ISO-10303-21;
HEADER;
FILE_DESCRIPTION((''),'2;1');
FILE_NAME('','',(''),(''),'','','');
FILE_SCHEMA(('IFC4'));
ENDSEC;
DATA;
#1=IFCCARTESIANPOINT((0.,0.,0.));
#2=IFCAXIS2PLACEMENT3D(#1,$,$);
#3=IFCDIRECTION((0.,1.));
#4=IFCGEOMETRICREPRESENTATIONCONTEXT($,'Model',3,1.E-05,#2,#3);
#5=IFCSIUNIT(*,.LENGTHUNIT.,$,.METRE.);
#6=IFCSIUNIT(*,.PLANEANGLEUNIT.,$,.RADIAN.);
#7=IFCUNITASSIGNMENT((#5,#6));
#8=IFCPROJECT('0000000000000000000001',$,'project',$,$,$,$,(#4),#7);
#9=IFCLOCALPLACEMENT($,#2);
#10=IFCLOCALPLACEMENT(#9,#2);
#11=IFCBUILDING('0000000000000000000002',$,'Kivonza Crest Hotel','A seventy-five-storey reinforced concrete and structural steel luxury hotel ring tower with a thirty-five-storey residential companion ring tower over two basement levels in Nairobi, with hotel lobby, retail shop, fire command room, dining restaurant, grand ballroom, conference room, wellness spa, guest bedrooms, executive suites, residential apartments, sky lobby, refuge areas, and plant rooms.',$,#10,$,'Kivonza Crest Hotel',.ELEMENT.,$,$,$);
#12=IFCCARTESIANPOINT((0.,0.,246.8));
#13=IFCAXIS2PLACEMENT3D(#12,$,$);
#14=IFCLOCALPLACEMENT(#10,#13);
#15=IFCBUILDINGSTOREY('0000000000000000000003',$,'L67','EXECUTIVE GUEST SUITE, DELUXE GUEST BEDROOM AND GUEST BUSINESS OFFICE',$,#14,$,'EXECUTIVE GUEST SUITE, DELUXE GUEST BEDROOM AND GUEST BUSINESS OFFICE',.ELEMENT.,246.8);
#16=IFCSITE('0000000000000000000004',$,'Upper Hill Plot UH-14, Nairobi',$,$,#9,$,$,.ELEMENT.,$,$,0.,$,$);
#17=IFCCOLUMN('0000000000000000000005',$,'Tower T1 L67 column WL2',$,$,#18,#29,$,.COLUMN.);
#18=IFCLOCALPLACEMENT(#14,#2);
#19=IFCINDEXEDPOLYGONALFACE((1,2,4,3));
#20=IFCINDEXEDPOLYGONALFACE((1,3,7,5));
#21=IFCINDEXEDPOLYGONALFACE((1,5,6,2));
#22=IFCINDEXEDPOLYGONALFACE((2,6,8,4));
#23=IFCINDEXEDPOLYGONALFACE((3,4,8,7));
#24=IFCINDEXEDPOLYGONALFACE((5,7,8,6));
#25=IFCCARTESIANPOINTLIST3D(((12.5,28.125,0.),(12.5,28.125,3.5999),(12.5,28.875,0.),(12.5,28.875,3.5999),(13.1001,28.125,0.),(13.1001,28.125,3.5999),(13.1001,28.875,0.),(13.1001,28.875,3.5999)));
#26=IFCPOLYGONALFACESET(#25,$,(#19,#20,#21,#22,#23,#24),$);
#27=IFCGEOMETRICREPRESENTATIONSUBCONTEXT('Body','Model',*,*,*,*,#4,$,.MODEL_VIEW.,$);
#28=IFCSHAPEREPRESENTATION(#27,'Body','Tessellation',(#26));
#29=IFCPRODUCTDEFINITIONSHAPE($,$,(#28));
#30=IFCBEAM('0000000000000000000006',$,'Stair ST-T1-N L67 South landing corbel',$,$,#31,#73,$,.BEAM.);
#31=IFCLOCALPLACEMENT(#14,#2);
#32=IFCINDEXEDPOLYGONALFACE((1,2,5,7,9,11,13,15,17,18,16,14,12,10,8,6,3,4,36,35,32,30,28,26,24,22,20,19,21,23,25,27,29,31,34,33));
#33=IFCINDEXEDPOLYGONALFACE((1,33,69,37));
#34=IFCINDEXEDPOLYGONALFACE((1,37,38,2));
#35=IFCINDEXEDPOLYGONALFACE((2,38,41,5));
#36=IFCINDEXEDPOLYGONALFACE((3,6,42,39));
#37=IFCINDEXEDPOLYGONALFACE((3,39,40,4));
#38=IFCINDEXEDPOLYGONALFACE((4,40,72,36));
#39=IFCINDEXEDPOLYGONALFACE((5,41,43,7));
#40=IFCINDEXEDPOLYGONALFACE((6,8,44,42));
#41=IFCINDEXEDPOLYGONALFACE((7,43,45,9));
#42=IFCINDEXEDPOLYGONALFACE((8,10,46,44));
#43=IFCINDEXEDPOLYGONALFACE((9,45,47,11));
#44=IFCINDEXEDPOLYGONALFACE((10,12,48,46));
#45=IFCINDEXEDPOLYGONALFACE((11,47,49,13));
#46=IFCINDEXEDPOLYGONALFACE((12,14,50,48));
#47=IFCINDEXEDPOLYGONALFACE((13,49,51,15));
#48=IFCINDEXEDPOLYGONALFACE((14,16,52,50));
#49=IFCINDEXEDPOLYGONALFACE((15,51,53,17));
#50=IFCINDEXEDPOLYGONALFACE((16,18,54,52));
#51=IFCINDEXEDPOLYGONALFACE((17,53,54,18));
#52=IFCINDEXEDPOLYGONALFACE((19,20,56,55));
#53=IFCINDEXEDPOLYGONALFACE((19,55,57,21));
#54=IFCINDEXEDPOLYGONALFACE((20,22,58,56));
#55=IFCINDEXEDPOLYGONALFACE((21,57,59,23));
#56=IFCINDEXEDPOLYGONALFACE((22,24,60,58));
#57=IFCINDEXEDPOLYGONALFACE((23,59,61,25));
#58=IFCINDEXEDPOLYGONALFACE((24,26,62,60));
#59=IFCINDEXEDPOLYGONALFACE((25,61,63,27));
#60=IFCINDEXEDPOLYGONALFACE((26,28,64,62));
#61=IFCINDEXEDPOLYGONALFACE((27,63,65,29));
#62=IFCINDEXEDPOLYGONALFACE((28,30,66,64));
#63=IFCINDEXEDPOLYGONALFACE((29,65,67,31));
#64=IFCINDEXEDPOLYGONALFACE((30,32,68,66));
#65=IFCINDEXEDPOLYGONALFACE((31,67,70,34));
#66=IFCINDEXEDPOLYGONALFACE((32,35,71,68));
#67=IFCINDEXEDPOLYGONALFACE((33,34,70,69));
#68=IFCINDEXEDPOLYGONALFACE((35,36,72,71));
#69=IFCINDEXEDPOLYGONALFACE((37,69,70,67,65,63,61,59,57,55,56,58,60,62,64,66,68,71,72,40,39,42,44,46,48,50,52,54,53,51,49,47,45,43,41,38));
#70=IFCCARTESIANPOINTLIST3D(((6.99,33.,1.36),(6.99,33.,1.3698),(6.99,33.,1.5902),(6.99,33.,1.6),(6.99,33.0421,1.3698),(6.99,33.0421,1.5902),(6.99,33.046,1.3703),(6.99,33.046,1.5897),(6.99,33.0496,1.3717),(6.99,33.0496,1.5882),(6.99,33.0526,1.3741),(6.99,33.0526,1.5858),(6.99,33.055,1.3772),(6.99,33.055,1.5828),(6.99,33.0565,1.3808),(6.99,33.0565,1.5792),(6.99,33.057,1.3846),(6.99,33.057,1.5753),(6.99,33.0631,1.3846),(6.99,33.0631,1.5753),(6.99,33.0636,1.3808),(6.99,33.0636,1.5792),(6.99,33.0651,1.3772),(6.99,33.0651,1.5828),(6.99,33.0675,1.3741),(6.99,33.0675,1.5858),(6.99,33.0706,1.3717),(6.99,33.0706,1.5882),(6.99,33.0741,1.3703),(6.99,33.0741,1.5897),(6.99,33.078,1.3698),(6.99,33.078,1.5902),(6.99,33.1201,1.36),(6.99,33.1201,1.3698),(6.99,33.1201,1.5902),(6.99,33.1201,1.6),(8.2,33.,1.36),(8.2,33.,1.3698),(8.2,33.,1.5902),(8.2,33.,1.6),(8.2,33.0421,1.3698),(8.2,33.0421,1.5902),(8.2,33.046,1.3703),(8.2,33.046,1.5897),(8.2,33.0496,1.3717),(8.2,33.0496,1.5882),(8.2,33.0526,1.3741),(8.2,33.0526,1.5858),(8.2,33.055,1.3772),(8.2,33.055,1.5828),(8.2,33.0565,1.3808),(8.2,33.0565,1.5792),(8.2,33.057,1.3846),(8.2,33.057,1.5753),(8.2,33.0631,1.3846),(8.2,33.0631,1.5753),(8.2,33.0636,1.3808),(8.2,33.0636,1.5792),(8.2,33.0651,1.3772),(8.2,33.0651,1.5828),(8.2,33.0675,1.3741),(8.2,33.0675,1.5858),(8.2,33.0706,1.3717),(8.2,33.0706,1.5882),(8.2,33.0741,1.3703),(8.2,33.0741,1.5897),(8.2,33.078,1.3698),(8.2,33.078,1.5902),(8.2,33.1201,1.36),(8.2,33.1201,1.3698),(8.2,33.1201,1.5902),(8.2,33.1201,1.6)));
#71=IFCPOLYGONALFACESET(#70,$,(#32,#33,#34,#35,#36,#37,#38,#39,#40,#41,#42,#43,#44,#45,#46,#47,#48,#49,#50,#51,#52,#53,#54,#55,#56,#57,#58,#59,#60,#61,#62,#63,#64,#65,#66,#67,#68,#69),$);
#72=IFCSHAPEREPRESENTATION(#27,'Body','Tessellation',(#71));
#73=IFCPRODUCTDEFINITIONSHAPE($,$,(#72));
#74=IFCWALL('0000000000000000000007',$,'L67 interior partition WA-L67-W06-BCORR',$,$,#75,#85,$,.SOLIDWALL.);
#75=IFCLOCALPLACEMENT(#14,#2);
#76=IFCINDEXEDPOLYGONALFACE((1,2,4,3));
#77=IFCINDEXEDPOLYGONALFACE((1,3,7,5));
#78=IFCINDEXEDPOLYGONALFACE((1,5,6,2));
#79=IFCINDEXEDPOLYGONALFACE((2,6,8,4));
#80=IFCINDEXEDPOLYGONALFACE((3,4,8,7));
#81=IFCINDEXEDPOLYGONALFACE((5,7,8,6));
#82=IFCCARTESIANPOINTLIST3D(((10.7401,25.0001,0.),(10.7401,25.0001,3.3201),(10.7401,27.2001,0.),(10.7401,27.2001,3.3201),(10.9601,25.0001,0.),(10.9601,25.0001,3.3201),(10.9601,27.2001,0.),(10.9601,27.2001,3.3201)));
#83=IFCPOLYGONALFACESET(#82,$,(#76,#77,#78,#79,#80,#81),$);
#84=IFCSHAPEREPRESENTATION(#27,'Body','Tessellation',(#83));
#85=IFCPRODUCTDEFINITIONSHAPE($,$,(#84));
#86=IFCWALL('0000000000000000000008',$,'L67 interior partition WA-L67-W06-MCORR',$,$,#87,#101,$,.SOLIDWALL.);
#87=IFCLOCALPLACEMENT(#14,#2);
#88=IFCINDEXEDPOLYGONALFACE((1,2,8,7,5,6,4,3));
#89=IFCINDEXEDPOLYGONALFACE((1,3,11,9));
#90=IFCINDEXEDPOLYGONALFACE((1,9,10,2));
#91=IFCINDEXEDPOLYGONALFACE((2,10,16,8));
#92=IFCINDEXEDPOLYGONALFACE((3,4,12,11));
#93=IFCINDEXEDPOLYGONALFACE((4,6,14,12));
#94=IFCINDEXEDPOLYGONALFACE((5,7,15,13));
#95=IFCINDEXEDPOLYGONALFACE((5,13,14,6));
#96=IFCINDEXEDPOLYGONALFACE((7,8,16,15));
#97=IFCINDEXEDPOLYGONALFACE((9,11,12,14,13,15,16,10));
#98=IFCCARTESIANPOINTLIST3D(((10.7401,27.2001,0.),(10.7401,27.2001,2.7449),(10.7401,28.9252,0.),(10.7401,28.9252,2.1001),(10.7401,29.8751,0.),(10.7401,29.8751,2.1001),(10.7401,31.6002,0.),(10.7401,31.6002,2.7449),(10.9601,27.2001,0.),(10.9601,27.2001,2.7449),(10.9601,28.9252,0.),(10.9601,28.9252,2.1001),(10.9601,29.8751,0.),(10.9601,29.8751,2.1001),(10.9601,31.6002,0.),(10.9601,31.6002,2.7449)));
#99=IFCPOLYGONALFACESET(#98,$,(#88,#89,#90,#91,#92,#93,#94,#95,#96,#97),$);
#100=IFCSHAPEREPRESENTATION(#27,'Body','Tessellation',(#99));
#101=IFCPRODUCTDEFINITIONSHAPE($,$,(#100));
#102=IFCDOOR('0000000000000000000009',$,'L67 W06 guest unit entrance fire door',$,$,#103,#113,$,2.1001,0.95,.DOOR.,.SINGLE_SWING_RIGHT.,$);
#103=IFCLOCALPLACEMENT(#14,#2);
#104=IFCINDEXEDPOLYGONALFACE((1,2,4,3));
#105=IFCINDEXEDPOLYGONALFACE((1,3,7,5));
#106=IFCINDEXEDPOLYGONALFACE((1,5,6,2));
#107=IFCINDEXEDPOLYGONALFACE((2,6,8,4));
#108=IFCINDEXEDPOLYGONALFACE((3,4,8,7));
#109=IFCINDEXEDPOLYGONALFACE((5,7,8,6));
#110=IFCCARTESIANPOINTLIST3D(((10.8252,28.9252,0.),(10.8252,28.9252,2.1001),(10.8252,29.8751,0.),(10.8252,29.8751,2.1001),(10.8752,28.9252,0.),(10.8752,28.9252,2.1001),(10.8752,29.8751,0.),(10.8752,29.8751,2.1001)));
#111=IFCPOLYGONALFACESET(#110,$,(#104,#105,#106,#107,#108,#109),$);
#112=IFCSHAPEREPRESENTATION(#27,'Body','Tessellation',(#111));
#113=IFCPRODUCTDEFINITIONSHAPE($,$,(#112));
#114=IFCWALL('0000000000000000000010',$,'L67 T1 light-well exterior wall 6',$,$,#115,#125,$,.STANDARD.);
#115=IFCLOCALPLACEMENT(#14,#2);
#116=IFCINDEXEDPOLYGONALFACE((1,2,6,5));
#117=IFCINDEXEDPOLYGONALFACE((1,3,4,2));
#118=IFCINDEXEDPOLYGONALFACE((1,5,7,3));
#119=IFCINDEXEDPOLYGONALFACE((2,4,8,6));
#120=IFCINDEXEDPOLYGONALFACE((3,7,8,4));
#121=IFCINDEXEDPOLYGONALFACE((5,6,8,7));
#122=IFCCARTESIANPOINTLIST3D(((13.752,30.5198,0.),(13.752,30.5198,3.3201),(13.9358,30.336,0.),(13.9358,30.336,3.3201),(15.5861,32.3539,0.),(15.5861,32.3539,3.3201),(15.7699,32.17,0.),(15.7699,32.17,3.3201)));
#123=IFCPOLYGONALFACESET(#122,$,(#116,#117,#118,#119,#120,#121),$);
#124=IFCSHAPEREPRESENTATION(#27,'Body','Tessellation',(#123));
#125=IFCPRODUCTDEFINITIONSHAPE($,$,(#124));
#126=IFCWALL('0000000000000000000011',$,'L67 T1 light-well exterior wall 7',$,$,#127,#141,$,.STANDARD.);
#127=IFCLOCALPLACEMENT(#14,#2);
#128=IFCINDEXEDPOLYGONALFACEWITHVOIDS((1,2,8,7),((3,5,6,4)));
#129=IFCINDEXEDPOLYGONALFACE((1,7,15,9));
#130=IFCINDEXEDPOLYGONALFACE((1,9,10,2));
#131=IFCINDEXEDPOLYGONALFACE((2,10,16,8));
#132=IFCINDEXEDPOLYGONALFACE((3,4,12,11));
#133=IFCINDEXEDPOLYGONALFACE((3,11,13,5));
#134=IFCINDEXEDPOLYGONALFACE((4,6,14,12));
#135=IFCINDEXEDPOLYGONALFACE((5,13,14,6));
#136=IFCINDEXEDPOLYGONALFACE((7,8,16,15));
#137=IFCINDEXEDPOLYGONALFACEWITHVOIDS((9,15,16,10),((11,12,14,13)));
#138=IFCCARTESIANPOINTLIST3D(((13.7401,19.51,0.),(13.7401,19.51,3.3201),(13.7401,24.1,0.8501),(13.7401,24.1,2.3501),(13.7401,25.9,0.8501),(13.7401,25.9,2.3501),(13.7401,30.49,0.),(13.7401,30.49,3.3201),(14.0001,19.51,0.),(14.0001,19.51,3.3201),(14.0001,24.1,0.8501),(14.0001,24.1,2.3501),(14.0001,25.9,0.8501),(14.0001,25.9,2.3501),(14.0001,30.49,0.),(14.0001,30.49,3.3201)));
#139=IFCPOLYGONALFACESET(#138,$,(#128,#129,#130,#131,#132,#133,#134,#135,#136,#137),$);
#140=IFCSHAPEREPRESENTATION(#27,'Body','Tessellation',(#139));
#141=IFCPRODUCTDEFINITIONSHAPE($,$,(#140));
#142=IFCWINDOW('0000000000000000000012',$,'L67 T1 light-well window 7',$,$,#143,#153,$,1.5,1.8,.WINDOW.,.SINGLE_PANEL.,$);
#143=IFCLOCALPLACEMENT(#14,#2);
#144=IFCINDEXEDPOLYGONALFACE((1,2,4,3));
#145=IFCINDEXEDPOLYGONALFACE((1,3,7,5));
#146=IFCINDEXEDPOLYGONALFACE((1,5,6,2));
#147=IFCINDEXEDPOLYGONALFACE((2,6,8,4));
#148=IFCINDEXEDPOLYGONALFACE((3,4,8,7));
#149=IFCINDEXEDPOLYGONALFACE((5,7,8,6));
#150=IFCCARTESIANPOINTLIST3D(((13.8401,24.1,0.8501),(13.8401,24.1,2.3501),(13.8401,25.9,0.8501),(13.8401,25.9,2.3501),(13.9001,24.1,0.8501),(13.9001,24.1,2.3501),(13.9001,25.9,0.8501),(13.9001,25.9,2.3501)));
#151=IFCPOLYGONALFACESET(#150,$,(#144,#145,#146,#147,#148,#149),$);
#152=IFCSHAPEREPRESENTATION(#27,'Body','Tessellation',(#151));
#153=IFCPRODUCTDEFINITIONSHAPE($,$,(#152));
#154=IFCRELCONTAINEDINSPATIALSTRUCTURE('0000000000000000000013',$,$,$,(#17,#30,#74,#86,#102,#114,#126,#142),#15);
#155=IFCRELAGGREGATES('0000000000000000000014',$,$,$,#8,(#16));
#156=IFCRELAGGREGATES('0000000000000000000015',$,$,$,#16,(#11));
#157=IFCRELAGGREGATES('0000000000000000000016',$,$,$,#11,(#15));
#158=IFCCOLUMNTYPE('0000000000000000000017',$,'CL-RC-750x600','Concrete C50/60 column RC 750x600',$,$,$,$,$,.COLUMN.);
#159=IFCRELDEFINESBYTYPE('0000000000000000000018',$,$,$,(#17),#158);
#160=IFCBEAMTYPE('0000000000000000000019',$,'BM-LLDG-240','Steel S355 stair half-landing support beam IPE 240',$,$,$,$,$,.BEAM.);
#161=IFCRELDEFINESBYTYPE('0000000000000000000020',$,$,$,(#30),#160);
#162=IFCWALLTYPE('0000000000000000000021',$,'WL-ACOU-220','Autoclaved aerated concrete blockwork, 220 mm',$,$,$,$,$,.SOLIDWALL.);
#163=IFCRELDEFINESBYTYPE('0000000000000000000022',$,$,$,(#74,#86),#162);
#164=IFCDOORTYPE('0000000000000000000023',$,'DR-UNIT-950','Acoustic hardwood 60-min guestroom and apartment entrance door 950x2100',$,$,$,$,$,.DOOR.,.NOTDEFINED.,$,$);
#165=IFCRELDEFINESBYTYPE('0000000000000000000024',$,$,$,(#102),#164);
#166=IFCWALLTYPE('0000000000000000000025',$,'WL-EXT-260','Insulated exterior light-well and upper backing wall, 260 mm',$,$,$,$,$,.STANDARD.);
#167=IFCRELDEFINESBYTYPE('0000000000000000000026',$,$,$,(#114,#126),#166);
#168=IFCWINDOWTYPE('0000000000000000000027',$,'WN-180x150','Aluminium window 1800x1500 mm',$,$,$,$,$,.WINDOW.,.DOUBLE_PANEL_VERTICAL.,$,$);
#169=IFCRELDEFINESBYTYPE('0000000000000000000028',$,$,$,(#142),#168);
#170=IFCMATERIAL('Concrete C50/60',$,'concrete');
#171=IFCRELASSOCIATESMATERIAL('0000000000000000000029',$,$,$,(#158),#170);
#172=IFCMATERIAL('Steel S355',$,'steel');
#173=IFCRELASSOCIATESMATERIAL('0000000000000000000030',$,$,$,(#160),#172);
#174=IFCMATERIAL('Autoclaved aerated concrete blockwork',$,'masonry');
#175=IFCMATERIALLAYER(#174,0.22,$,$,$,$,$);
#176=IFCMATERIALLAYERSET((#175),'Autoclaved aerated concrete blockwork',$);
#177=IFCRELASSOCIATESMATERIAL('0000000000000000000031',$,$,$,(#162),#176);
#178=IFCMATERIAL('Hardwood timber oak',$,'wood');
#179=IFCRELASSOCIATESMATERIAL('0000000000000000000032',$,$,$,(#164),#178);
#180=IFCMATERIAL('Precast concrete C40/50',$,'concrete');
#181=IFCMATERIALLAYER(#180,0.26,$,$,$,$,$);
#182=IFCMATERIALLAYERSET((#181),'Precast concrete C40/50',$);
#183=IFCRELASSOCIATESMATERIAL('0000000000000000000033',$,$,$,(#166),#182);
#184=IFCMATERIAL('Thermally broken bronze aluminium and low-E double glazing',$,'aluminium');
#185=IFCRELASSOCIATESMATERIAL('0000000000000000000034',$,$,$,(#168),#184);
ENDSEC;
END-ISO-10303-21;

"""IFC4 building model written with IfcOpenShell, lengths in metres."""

from ifc_helpers import new_model, si_unit, direction, frame, frame_2d, origin, origin_2d, place, context, subcontext, project, spatial, rectangle, i_section, extrude, material, layer, layer_set, material_profile, profile_set, type_object, element, fill, save


model = new_model("IFC4")

# Units and contexts
model_context = context("Model", 3, precision=1e-05, world=origin(), true_north=direction((0.0, 1.0)))
body_context = subcontext(model_context, "Body", "Model", "MODEL_VIEW")
ifc_project = project(units=[si_unit("LENGTHUNIT", "METRE"), si_unit("PLANEANGLEUNIT", "RADIAN")], contexts=[model_context])

# Site, building, storey
site_placement = place(None, origin())
site = spatial("IfcSite", under=ifc_project, at=site_placement, Name="Upper Hill Plot UH-14, Nairobi", CompositionType="ELEMENT", RefElevation=0.0)
building_placement = place(site_placement, origin())
building = spatial("IfcBuilding", under=site, at=building_placement, Name="Kivonza Crest Hotel", Description="A seventy-five-storey reinforced concrete and structural steel luxury hotel ring tower with a thirty-five-storey residential companion ring tower over two basement levels in Nairobi, with hotel lobby, retail shop, fire command room, dining restaurant, grand ballroom, conference room, wellness spa, guest bedrooms, executive suites, residential apartments, sky lobby, refuge areas, and plant rooms.", LongName="Kivonza Crest Hotel", CompositionType="ELEMENT")
storey_placement = place(building_placement, frame((0.0, 0.0, 246.8)))
storey = spatial("IfcBuildingStorey", under=building, at=storey_placement, Name="L67", Description="EXECUTIVE GUEST SUITE, DELUXE GUEST BEDROOM AND GUEST BUSINESS OFFICE", LongName="EXECUTIVE GUEST SUITE, DELUXE GUEST BEDROOM AND GUEST BUSINESS OFFICE", CompositionType="ELEMENT", Elevation=246.8)

# Column
ifc_material_1 = material(Name="Concrete C50/60", Category="concrete")
ifc_material_profile_1 = material_profile(ifc_material_1, rectangle(XDim=0.6001, YDim=0.75, at=origin_2d()), Name="RC 750x600")
ifc_profile_set_1 = profile_set([ifc_material_profile_1], Name="Concrete C50/60")
column_type = type_object("IfcColumnType", Name="CL-RC-750x600", Description="Concrete C50/60 column RC 750x600", PredefinedType="COLUMN", material=ifc_profile_set_1)
column_placement = place(storey_placement, frame((12.8, 28.5, 0.0), z_axis=(0.0, 0.0, 1.0), x_axis=(1.0, 0.0, 0.0)))
element("IfcColumn", 1, at=column_placement, inside=storey, type_object=column_type, Name="Tower T1 L67 column WL2", PredefinedType="COLUMN", context=body_context, shape_type="SweptSolid", body=[
    extrude(rectangle(XDim=0.6001, YDim=0.75, at=origin_2d()), origin(), (0.0, 0.0, 1.0), 3.5999),
])

# Beam
ifc_material_2 = material(Name="Steel S355", Category="steel")
ifc_material_profile_2 = material_profile(ifc_material_2, i_section(OverallWidth=0.1201, OverallDepth=0.24, WebThickness=0.0061, FlangeThickness=0.0098, FilletRadius=0.0149, at=origin_2d()), Name="IPE 240")
ifc_profile_set_2 = profile_set([ifc_material_profile_2], Name="Steel S355")
beam_type = type_object("IfcBeamType", Name="BM-LLDG-240", Description="Steel S355 stair half-landing support beam IPE 240", PredefinedType="BEAM", material=ifc_profile_set_2)
beam_placement = place(storey_placement, frame((6.99, 33.0601, 1.48), z_axis=(1.0, 0.0, 0.0), x_axis=(0.0, 1.0, 0.0)))
element("IfcBeam", 2, at=beam_placement, inside=storey, type_object=beam_type, Name="Stair ST-T1-N L67 South landing corbel", PredefinedType="BEAM", context=body_context, shape_type="SweptSolid", body=[
    extrude(i_section(OverallWidth=0.1201, OverallDepth=0.24, WebThickness=0.0061, FlangeThickness=0.0098, FilletRadius=0.0149, at=origin_2d()), origin(), (0.0, 0.0, 1.0), 1.21),
])

# Wall
ifc_material_3 = material(Name="Autoclaved aerated concrete blockwork", Category="masonry")
ifc_layer_1 = layer(ifc_material_3, 0.22)
ifc_layer_set_1 = layer_set([ifc_layer_1], Name="Autoclaved aerated concrete blockwork")
wall_type_1 = type_object("IfcWallType", Name="WL-ACOU-220", Description="Autoclaved aerated concrete blockwork, 220 mm", PredefinedType="SOLIDWALL", material=ifc_layer_set_1)
wall_1_placement = place(storey_placement, frame((10.8501, 25.0, 0.0), z_axis=(0.0, 0.0, 1.0), x_axis=(0.0, 1.0, 0.0)))
element("IfcWall", 3, at=wall_1_placement, inside=storey, type_object=wall_type_1, Name="L67 interior partition WA-L67-W06-BCORR", PredefinedType="SOLIDWALL", context=body_context, shape_type="SweptSolid", body=[
    extrude(rectangle(XDim=2.2, YDim=0.22, at=frame_2d((1.1001, 0.0))), origin(), (0.0, 0.0, 1.0), 3.3201),
])

# Wall, opening, door
wall_2_placement = place(storey_placement, frame((10.8501, 27.2, 0.0), z_axis=(0.0, 0.0, 1.0), x_axis=(0.0, 1.0, 0.0)))
wall_2 = element("IfcWall", 4, at=wall_2_placement, inside=storey, type_object=wall_type_1, Name="L67 interior partition WA-L67-W06-MCORR", PredefinedType="SOLIDWALL", context=body_context, shape_type="SweptSolid", body=[
    extrude(rectangle(XDim=4.4001, YDim=0.22, at=frame_2d((2.2002, 0.0))), origin(), (0.0, 0.0, 1.0), 2.7449),
])
opening_1_placement = place(wall_2_placement, frame((1.7251, 0.0, 0.0)))
opening_1 = element("IfcOpeningElement", 5, at=opening_1_placement, cuts=wall_2, PredefinedType="OPENING", context=body_context, shape_type="SweptSolid", body=[
    extrude(rectangle(XDim=0.95, YDim=2.1001, at=frame_2d((0.4751, 1.05))), frame((0.0, 0.1201, 0.0), z_axis=(0.0, -1.0, 0.0), x_axis=(1.0, 0.0, 0.0)), (0.0, 0.0, 1.0), 0.24),
])
ifc_material_4 = material(Name="Hardwood timber oak", Category="wood")
door_type_1 = type_object("IfcDoorType", Name="DR-UNIT-950", Description="Acoustic hardwood 60-min guestroom and apartment entrance door 950x2100", OperationType="NOTDEFINED", PredefinedType="DOOR", material=ifc_material_4)
door_1_placement = place(opening_1_placement, origin())
door_1 = element("IfcDoor", 6, at=door_1_placement, inside=storey, type_object=door_type_1, Name="L67 W06 guest unit entrance fire door", OperationType="SINGLE_SWING_RIGHT", OverallHeight=2.1001, OverallWidth=0.95, PredefinedType="DOOR", context=body_context, shape_type="SweptSolid", body=[
    extrude(rectangle(XDim=0.95, YDim=2.1001, at=frame_2d((0.4751, 1.05))), frame((0.0, 0.0249, 0.0), z_axis=(0.0, -1.0, 0.0), x_axis=(1.0, 0.0, 0.0)), (0.0, 0.0, 1.0), 0.05),
])
fill(opening_1, door_1)

# Wall
ifc_material_5 = material(Name="Precast concrete C40/50", Category="concrete")
ifc_layer_2 = layer(ifc_material_5, 0.26)
ifc_layer_set_2 = layer_set([ifc_layer_2], Name="Precast concrete C40/50")
wall_type_2 = type_object("IfcWallType", Name="WL-EXT-260", Description="Insulated exterior light-well and upper backing wall, 260 mm", PredefinedType="STANDARD", material=ifc_layer_set_2)
wall_3_placement = place(storey_placement, frame((15.678, 32.262, 0.0), z_axis=(0.0, 0.0, 1.0), x_axis=(-0.707107, -0.707107, 0.0)))
element("IfcWall", 7, at=wall_3_placement, inside=storey, type_object=wall_type_2, Name="L67 T1 light-well exterior wall 6", PredefinedType="STANDARD", context=body_context, shape_type="SweptSolid", body=[
    extrude(rectangle(XDim=2.5938, YDim=0.26, at=frame_2d((1.2969, 0.0))), origin(), (0.0, 0.0, 1.0), 3.3201),
])

# Wall, opening, window
wall_4_placement = place(storey_placement, frame((13.8701, 30.49, 0.0), z_axis=(0.0, 0.0, 1.0), x_axis=(0.0, -1.0, 0.0)))
wall_4 = element("IfcWall", 8, at=wall_4_placement, inside=storey, type_object=wall_type_2, Name="L67 T1 light-well exterior wall 7", PredefinedType="STANDARD", context=body_context, shape_type="SweptSolid", body=[
    extrude(rectangle(XDim=10.98, YDim=0.26, at=frame_2d((5.49, 0.0))), origin(), (0.0, 0.0, 1.0), 3.3201),
])
opening_2_placement = place(wall_4_placement, frame((4.5901, 0.0, 0.8501)))
opening_2 = element("IfcOpeningElement", 9, at=opening_2_placement, cuts=wall_4, PredefinedType="OPENING", context=body_context, shape_type="SweptSolid", body=[
    extrude(rectangle(XDim=1.8, YDim=1.5, at=frame_2d((0.8999, 0.75))), frame((0.0, 0.1401, 0.0), z_axis=(0.0, -1.0, 0.0), x_axis=(1.0, 0.0, 0.0)), (0.0, 0.0, 1.0), 0.28),
])
ifc_material_6 = material(Name="Thermally broken bronze aluminium and low-E double glazing", Category="aluminium")
window_type = type_object("IfcWindowType", Name="WN-180x150", Description="Aluminium window 1800x1500 mm", PartitioningType="DOUBLE_PANEL_VERTICAL", PredefinedType="WINDOW", material=ifc_material_6)
window_placement = place(opening_2_placement, origin())
window = element("IfcWindow", 10, at=window_placement, inside=storey, type_object=window_type, Name="L67 T1 light-well window 7", OverallHeight=1.5, OverallWidth=1.8, PartitioningType="SINGLE_PANEL", PredefinedType="WINDOW", context=body_context, shape_type="SweptSolid", body=[
    extrude(rectangle(XDim=1.8, YDim=1.5, at=frame_2d((0.8999, 0.75))), frame((0.0, 0.03, 0.0), z_axis=(0.0, -1.0, 0.0), x_axis=(1.0, 0.0, 0.0)), (0.0, 0.0, 1.0), 0.0601),
])
fill(opening_2, window)

save(model, "model.ifc")
